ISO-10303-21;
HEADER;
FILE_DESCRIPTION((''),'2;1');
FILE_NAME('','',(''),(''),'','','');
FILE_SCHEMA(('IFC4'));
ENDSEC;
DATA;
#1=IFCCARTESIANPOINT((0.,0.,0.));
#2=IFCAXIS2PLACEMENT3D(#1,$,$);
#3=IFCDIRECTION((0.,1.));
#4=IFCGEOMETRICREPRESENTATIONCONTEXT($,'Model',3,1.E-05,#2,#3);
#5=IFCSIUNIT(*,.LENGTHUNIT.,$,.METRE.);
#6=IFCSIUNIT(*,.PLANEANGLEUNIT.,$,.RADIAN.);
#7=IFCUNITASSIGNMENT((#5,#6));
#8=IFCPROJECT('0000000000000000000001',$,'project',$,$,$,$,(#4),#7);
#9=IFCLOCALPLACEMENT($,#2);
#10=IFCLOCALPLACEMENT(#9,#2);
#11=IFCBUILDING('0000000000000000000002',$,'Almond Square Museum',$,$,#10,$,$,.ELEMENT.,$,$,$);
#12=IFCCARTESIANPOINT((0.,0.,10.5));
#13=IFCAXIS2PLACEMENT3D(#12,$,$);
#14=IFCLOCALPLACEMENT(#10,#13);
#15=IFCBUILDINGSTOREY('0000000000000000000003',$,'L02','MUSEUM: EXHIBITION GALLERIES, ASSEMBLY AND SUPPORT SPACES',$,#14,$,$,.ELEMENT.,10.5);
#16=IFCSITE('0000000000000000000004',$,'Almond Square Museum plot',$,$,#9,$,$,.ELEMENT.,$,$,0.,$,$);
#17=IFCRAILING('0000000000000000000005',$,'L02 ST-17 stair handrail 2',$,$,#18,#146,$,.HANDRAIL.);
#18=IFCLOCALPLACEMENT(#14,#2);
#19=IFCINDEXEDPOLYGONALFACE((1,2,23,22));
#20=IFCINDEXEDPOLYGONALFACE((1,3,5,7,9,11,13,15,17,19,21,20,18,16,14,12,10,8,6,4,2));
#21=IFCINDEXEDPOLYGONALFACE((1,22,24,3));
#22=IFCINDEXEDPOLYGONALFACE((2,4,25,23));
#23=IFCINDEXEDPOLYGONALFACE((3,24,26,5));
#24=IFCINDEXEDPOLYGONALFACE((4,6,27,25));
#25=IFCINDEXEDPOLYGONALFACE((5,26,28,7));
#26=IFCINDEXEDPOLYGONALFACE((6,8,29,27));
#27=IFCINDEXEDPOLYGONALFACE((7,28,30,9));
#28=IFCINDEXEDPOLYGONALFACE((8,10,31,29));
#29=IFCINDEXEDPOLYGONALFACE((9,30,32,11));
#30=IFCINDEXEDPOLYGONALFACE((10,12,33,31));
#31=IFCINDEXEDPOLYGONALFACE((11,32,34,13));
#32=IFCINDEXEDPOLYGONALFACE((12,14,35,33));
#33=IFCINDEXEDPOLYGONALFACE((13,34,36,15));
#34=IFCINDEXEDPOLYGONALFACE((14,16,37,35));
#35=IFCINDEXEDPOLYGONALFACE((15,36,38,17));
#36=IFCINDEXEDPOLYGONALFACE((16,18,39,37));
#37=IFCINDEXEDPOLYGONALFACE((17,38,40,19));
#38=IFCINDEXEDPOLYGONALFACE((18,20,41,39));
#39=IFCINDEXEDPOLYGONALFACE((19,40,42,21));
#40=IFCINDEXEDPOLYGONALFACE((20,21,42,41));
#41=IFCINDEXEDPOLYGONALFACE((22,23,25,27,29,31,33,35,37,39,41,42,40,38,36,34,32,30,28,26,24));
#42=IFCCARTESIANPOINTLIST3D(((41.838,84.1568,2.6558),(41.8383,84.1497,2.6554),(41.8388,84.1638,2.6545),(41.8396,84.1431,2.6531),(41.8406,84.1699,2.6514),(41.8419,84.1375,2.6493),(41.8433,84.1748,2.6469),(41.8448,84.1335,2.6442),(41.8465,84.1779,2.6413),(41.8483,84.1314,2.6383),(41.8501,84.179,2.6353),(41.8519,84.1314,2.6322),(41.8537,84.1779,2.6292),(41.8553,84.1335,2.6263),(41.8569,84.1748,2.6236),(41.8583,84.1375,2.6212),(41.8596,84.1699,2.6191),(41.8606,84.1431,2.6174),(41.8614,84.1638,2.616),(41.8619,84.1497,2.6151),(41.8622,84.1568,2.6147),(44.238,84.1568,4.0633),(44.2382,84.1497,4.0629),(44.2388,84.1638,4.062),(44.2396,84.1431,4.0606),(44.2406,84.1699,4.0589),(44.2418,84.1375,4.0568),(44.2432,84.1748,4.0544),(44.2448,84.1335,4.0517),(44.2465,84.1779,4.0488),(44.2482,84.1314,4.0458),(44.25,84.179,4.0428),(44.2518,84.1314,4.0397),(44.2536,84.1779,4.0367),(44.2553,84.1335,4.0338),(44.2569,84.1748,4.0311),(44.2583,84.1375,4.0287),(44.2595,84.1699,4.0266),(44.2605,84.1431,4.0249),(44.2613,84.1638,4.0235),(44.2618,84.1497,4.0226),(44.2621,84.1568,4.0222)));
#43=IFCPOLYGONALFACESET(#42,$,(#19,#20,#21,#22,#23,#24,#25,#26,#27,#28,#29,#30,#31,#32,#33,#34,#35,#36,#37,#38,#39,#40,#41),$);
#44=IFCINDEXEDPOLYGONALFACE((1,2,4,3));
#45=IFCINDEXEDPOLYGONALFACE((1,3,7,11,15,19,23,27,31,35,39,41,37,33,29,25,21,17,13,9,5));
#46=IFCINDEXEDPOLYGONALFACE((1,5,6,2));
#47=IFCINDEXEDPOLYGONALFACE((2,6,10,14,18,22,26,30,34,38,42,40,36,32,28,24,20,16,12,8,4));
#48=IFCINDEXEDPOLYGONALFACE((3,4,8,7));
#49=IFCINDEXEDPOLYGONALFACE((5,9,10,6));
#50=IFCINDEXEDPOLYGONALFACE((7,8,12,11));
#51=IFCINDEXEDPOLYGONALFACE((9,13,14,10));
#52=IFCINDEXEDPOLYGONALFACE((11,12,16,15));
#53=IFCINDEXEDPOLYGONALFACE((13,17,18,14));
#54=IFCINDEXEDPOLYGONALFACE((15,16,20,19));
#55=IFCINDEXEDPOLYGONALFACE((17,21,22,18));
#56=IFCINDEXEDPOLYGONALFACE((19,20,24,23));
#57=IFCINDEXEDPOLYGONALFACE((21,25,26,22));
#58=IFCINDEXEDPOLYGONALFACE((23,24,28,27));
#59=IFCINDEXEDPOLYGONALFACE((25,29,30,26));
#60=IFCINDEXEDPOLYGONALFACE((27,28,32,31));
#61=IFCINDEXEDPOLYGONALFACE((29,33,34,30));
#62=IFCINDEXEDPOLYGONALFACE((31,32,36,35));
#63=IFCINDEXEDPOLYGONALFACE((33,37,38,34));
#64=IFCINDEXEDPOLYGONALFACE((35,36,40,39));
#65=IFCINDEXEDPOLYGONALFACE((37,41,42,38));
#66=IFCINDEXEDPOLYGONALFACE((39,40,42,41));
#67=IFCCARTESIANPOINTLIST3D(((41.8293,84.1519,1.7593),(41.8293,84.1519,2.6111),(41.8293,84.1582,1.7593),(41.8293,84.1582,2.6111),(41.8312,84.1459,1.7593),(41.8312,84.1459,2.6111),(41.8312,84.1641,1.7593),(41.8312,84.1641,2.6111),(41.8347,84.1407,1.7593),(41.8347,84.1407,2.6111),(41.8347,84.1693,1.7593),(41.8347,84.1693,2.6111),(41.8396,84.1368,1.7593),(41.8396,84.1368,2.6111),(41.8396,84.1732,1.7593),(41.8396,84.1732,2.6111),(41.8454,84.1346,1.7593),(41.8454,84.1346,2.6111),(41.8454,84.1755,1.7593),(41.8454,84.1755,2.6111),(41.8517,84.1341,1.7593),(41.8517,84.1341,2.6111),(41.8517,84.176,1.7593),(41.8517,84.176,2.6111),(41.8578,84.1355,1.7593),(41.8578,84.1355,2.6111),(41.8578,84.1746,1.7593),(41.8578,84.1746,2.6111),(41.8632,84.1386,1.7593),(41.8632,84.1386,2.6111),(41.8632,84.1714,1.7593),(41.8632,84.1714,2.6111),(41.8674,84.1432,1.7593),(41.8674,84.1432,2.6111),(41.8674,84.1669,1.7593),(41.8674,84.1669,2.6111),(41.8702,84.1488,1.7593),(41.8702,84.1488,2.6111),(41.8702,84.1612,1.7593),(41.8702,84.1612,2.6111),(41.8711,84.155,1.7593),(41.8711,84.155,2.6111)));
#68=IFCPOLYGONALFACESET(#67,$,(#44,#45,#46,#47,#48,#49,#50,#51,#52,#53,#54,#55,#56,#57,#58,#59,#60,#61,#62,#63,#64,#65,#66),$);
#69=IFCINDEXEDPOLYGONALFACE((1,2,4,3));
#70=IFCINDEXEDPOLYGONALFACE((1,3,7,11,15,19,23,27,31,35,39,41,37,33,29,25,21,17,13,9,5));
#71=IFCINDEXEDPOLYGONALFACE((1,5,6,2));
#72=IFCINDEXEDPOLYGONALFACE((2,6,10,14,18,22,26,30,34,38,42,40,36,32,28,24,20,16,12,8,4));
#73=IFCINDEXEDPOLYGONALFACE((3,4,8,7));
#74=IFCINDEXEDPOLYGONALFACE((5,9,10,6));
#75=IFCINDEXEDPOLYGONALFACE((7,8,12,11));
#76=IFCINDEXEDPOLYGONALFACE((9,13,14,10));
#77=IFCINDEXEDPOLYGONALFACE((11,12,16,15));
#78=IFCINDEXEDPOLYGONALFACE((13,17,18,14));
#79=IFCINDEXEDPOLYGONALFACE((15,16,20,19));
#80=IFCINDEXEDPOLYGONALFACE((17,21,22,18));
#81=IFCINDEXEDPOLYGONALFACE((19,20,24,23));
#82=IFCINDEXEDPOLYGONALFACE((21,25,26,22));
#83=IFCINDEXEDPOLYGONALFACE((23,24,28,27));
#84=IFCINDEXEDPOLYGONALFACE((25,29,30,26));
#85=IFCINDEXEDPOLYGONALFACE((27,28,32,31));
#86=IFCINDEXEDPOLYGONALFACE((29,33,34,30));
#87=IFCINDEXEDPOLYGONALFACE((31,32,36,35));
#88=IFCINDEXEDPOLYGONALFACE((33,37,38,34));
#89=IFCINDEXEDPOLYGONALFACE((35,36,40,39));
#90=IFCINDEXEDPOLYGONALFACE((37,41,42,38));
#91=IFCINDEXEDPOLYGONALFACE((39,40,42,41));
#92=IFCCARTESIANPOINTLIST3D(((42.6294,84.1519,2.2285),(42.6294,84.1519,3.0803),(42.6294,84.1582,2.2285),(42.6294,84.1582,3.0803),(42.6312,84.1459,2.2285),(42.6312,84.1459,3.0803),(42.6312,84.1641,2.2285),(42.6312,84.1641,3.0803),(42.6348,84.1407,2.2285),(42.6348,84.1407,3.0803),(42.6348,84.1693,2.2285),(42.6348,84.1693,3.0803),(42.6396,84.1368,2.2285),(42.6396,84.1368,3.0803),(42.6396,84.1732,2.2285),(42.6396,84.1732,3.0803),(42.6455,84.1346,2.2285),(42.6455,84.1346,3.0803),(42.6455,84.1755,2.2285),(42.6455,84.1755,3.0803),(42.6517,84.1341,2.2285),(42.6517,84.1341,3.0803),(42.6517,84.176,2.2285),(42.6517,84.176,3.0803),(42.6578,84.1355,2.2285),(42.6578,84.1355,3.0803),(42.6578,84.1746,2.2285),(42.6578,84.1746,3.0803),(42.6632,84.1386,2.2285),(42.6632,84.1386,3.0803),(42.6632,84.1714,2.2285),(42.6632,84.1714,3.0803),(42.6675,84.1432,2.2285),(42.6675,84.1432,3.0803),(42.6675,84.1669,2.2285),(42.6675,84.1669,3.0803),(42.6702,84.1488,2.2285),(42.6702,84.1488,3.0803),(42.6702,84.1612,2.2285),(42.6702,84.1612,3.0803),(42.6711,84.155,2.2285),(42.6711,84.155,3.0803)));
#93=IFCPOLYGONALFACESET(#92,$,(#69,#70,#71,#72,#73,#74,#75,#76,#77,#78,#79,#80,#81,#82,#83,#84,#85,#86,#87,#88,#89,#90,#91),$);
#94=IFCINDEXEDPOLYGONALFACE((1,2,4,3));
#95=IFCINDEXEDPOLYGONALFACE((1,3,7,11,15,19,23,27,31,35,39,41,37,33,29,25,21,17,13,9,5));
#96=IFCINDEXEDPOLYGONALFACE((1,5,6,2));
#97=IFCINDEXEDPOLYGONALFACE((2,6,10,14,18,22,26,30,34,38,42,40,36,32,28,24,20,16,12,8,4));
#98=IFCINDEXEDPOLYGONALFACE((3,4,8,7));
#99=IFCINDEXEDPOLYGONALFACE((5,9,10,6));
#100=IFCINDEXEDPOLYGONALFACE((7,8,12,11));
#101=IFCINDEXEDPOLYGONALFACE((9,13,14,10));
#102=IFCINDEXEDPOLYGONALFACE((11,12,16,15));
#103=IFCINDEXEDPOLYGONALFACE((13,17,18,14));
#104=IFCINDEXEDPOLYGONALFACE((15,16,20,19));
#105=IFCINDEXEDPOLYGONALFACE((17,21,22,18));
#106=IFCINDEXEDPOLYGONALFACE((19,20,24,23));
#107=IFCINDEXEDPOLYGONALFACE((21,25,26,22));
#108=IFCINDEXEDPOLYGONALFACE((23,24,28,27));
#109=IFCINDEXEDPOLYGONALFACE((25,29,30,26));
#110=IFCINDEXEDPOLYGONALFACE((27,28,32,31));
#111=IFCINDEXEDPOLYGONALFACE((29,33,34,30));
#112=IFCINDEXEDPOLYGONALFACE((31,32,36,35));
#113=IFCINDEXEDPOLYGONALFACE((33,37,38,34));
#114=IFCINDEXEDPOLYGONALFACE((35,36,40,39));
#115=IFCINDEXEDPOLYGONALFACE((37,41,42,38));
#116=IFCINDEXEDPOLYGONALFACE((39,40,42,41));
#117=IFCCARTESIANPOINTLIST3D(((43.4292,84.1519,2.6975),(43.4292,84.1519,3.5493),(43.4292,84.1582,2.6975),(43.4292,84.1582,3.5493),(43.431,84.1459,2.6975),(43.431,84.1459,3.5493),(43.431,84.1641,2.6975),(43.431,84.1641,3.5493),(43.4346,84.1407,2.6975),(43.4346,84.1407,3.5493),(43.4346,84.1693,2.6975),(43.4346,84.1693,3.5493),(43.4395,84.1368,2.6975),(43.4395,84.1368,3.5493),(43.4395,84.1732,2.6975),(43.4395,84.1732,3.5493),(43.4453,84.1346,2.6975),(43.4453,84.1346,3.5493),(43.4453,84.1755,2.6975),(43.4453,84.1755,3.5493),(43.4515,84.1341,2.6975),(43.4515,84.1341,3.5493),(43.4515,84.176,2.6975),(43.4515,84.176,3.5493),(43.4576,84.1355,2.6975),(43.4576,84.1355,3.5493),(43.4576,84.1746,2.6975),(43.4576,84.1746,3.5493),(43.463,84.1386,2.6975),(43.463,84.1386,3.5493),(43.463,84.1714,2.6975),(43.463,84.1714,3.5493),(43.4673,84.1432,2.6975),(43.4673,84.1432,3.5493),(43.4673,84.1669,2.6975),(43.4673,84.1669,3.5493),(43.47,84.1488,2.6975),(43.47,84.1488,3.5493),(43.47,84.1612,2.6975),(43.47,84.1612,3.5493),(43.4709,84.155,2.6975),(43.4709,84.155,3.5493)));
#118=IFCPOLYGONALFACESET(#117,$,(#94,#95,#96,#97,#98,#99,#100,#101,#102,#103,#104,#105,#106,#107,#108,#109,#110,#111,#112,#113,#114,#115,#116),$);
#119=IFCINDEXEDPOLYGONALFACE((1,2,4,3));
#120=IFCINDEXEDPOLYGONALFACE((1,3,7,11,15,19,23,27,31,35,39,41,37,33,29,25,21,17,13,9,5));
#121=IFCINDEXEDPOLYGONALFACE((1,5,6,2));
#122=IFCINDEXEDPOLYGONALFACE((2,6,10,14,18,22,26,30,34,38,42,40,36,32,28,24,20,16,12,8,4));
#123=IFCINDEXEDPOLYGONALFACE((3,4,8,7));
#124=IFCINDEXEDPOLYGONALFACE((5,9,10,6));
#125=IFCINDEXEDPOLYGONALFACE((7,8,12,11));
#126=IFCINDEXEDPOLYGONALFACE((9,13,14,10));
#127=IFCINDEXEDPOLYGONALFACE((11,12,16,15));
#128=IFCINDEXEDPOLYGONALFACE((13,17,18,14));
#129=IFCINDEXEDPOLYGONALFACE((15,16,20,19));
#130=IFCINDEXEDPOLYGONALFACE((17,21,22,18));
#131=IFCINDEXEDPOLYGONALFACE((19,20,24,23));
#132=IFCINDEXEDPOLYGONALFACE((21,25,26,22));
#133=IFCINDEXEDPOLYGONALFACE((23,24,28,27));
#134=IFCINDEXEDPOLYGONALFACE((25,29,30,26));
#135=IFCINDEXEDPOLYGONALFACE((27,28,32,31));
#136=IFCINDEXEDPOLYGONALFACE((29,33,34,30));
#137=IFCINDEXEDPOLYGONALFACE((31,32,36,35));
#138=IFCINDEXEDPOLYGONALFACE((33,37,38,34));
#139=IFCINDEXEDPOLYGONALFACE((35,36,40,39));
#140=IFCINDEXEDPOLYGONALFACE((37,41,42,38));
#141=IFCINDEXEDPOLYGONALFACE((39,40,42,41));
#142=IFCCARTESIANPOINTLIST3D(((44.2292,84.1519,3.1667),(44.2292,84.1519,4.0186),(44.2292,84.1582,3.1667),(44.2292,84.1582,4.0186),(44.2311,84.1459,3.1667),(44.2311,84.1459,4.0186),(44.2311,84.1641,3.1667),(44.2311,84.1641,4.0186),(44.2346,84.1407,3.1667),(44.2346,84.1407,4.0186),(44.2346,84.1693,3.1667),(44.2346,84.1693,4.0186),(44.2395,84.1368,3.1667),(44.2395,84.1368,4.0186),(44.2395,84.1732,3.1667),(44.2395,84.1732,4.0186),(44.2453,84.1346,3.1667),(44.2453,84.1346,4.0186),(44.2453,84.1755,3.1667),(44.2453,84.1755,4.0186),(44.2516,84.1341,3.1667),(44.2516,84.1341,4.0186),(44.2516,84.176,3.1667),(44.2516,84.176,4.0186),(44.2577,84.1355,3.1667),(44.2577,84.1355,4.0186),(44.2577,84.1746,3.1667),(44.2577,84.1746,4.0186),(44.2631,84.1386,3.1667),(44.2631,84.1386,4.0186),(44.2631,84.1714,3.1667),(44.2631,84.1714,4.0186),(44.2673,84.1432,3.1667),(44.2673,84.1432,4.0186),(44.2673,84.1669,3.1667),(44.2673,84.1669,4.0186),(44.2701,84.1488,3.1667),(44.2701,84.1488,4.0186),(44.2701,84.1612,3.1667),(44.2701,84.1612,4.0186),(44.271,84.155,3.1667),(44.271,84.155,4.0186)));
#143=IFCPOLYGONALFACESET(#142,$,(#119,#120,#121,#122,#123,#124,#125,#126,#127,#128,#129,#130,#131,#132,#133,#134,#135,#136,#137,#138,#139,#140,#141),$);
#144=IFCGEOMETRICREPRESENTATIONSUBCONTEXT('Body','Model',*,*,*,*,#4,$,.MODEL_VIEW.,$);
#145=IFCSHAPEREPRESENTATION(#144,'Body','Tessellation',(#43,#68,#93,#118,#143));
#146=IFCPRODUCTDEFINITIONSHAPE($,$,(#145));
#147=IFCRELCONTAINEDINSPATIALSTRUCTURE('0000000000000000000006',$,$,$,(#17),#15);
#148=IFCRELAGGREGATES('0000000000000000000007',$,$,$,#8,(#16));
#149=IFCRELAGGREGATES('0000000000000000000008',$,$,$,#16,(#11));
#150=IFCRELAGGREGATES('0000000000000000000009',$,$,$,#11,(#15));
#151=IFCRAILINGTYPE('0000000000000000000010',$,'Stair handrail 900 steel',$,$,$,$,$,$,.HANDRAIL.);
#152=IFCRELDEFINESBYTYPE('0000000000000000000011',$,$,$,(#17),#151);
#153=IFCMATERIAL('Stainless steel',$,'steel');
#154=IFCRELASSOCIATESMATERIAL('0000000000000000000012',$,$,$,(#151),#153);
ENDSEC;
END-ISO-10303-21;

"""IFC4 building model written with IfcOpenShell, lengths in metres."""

from ifc_helpers import new_model, si_unit, direction, frame, origin, origin_2d, place, context, subcontext, project, spatial, circle, extrude, material, type_object, element, save


model = new_model("IFC4")

# Units and contexts
model_context = context("Model", 3, precision=1e-05, world=origin(), true_north=direction((0.0, 1.0)))
body_context = subcontext(model_context, "Body", "Model", "MODEL_VIEW")
ifc_project = project(units=[si_unit("LENGTHUNIT", "METRE"), si_unit("PLANEANGLEUNIT", "RADIAN")], contexts=[model_context])

# Site, building, storey
site_placement = place(None, origin())
site = spatial("IfcSite", under=ifc_project, at=site_placement, Name="Almond Square Museum plot", CompositionType="ELEMENT", RefElevation=0.0)
building_placement = place(site_placement, origin())
building = spatial("IfcBuilding", under=site, at=building_placement, Name="Almond Square Museum", CompositionType="ELEMENT")
storey_placement = place(building_placement, frame((0.0, 0.0, 10.5)))
storey = spatial("IfcBuildingStorey", under=building, at=storey_placement, Name="L02", Description="MUSEUM: EXHIBITION GALLERIES, ASSEMBLY AND SUPPORT SPACES", CompositionType="ELEMENT", Elevation=10.5)

# Railing
ifc_material_1 = material(Name="Stainless steel", Category="steel")
railing_type_1 = type_object("IfcRailingType", Name="Stair handrail 900 steel", PredefinedType="HANDRAIL", material=ifc_material_1)
railing_1_placement = place(storey_placement, frame((41.8501, 84.155, 1.7593)))
element("IfcRailing", 1, at=railing_1_placement, inside=storey, type_object=railing_type_1, Name="L02 ST-17 stair handrail 2", PredefinedType="HANDRAIL", context=body_context, shape_type="SweptSolid", body=[
    extrude(circle(Radius=0.0239, at=origin_2d()), frame((0.0, 0.0, 0.876), z_axis=(0.862599, 0.0, 0.505888), x_axis=(0.0, 1.0, 0.0)), (0.0, 0.0, 1.0), 2.7822),
    extrude(circle(Radius=0.021, at=origin_2d()), origin(), (0.0, 0.0, 1.0), 0.8518),
    extrude(circle(Radius=0.021, at=origin_2d()), frame((0.8, 0.0, 0.4692)), (0.0, 0.0, 1.0), 0.8518),
    extrude(circle(Radius=0.021, at=origin_2d()), frame((1.5999, 0.0, 0.9382)), (0.0, 0.0, 1.0), 0.8518),
    extrude(circle(Radius=0.021, at=origin_2d()), frame((2.3999, 0.0, 1.4075)), (0.0, 0.0, 1.0), 0.8518),
])

save(model, "model.ifc")
